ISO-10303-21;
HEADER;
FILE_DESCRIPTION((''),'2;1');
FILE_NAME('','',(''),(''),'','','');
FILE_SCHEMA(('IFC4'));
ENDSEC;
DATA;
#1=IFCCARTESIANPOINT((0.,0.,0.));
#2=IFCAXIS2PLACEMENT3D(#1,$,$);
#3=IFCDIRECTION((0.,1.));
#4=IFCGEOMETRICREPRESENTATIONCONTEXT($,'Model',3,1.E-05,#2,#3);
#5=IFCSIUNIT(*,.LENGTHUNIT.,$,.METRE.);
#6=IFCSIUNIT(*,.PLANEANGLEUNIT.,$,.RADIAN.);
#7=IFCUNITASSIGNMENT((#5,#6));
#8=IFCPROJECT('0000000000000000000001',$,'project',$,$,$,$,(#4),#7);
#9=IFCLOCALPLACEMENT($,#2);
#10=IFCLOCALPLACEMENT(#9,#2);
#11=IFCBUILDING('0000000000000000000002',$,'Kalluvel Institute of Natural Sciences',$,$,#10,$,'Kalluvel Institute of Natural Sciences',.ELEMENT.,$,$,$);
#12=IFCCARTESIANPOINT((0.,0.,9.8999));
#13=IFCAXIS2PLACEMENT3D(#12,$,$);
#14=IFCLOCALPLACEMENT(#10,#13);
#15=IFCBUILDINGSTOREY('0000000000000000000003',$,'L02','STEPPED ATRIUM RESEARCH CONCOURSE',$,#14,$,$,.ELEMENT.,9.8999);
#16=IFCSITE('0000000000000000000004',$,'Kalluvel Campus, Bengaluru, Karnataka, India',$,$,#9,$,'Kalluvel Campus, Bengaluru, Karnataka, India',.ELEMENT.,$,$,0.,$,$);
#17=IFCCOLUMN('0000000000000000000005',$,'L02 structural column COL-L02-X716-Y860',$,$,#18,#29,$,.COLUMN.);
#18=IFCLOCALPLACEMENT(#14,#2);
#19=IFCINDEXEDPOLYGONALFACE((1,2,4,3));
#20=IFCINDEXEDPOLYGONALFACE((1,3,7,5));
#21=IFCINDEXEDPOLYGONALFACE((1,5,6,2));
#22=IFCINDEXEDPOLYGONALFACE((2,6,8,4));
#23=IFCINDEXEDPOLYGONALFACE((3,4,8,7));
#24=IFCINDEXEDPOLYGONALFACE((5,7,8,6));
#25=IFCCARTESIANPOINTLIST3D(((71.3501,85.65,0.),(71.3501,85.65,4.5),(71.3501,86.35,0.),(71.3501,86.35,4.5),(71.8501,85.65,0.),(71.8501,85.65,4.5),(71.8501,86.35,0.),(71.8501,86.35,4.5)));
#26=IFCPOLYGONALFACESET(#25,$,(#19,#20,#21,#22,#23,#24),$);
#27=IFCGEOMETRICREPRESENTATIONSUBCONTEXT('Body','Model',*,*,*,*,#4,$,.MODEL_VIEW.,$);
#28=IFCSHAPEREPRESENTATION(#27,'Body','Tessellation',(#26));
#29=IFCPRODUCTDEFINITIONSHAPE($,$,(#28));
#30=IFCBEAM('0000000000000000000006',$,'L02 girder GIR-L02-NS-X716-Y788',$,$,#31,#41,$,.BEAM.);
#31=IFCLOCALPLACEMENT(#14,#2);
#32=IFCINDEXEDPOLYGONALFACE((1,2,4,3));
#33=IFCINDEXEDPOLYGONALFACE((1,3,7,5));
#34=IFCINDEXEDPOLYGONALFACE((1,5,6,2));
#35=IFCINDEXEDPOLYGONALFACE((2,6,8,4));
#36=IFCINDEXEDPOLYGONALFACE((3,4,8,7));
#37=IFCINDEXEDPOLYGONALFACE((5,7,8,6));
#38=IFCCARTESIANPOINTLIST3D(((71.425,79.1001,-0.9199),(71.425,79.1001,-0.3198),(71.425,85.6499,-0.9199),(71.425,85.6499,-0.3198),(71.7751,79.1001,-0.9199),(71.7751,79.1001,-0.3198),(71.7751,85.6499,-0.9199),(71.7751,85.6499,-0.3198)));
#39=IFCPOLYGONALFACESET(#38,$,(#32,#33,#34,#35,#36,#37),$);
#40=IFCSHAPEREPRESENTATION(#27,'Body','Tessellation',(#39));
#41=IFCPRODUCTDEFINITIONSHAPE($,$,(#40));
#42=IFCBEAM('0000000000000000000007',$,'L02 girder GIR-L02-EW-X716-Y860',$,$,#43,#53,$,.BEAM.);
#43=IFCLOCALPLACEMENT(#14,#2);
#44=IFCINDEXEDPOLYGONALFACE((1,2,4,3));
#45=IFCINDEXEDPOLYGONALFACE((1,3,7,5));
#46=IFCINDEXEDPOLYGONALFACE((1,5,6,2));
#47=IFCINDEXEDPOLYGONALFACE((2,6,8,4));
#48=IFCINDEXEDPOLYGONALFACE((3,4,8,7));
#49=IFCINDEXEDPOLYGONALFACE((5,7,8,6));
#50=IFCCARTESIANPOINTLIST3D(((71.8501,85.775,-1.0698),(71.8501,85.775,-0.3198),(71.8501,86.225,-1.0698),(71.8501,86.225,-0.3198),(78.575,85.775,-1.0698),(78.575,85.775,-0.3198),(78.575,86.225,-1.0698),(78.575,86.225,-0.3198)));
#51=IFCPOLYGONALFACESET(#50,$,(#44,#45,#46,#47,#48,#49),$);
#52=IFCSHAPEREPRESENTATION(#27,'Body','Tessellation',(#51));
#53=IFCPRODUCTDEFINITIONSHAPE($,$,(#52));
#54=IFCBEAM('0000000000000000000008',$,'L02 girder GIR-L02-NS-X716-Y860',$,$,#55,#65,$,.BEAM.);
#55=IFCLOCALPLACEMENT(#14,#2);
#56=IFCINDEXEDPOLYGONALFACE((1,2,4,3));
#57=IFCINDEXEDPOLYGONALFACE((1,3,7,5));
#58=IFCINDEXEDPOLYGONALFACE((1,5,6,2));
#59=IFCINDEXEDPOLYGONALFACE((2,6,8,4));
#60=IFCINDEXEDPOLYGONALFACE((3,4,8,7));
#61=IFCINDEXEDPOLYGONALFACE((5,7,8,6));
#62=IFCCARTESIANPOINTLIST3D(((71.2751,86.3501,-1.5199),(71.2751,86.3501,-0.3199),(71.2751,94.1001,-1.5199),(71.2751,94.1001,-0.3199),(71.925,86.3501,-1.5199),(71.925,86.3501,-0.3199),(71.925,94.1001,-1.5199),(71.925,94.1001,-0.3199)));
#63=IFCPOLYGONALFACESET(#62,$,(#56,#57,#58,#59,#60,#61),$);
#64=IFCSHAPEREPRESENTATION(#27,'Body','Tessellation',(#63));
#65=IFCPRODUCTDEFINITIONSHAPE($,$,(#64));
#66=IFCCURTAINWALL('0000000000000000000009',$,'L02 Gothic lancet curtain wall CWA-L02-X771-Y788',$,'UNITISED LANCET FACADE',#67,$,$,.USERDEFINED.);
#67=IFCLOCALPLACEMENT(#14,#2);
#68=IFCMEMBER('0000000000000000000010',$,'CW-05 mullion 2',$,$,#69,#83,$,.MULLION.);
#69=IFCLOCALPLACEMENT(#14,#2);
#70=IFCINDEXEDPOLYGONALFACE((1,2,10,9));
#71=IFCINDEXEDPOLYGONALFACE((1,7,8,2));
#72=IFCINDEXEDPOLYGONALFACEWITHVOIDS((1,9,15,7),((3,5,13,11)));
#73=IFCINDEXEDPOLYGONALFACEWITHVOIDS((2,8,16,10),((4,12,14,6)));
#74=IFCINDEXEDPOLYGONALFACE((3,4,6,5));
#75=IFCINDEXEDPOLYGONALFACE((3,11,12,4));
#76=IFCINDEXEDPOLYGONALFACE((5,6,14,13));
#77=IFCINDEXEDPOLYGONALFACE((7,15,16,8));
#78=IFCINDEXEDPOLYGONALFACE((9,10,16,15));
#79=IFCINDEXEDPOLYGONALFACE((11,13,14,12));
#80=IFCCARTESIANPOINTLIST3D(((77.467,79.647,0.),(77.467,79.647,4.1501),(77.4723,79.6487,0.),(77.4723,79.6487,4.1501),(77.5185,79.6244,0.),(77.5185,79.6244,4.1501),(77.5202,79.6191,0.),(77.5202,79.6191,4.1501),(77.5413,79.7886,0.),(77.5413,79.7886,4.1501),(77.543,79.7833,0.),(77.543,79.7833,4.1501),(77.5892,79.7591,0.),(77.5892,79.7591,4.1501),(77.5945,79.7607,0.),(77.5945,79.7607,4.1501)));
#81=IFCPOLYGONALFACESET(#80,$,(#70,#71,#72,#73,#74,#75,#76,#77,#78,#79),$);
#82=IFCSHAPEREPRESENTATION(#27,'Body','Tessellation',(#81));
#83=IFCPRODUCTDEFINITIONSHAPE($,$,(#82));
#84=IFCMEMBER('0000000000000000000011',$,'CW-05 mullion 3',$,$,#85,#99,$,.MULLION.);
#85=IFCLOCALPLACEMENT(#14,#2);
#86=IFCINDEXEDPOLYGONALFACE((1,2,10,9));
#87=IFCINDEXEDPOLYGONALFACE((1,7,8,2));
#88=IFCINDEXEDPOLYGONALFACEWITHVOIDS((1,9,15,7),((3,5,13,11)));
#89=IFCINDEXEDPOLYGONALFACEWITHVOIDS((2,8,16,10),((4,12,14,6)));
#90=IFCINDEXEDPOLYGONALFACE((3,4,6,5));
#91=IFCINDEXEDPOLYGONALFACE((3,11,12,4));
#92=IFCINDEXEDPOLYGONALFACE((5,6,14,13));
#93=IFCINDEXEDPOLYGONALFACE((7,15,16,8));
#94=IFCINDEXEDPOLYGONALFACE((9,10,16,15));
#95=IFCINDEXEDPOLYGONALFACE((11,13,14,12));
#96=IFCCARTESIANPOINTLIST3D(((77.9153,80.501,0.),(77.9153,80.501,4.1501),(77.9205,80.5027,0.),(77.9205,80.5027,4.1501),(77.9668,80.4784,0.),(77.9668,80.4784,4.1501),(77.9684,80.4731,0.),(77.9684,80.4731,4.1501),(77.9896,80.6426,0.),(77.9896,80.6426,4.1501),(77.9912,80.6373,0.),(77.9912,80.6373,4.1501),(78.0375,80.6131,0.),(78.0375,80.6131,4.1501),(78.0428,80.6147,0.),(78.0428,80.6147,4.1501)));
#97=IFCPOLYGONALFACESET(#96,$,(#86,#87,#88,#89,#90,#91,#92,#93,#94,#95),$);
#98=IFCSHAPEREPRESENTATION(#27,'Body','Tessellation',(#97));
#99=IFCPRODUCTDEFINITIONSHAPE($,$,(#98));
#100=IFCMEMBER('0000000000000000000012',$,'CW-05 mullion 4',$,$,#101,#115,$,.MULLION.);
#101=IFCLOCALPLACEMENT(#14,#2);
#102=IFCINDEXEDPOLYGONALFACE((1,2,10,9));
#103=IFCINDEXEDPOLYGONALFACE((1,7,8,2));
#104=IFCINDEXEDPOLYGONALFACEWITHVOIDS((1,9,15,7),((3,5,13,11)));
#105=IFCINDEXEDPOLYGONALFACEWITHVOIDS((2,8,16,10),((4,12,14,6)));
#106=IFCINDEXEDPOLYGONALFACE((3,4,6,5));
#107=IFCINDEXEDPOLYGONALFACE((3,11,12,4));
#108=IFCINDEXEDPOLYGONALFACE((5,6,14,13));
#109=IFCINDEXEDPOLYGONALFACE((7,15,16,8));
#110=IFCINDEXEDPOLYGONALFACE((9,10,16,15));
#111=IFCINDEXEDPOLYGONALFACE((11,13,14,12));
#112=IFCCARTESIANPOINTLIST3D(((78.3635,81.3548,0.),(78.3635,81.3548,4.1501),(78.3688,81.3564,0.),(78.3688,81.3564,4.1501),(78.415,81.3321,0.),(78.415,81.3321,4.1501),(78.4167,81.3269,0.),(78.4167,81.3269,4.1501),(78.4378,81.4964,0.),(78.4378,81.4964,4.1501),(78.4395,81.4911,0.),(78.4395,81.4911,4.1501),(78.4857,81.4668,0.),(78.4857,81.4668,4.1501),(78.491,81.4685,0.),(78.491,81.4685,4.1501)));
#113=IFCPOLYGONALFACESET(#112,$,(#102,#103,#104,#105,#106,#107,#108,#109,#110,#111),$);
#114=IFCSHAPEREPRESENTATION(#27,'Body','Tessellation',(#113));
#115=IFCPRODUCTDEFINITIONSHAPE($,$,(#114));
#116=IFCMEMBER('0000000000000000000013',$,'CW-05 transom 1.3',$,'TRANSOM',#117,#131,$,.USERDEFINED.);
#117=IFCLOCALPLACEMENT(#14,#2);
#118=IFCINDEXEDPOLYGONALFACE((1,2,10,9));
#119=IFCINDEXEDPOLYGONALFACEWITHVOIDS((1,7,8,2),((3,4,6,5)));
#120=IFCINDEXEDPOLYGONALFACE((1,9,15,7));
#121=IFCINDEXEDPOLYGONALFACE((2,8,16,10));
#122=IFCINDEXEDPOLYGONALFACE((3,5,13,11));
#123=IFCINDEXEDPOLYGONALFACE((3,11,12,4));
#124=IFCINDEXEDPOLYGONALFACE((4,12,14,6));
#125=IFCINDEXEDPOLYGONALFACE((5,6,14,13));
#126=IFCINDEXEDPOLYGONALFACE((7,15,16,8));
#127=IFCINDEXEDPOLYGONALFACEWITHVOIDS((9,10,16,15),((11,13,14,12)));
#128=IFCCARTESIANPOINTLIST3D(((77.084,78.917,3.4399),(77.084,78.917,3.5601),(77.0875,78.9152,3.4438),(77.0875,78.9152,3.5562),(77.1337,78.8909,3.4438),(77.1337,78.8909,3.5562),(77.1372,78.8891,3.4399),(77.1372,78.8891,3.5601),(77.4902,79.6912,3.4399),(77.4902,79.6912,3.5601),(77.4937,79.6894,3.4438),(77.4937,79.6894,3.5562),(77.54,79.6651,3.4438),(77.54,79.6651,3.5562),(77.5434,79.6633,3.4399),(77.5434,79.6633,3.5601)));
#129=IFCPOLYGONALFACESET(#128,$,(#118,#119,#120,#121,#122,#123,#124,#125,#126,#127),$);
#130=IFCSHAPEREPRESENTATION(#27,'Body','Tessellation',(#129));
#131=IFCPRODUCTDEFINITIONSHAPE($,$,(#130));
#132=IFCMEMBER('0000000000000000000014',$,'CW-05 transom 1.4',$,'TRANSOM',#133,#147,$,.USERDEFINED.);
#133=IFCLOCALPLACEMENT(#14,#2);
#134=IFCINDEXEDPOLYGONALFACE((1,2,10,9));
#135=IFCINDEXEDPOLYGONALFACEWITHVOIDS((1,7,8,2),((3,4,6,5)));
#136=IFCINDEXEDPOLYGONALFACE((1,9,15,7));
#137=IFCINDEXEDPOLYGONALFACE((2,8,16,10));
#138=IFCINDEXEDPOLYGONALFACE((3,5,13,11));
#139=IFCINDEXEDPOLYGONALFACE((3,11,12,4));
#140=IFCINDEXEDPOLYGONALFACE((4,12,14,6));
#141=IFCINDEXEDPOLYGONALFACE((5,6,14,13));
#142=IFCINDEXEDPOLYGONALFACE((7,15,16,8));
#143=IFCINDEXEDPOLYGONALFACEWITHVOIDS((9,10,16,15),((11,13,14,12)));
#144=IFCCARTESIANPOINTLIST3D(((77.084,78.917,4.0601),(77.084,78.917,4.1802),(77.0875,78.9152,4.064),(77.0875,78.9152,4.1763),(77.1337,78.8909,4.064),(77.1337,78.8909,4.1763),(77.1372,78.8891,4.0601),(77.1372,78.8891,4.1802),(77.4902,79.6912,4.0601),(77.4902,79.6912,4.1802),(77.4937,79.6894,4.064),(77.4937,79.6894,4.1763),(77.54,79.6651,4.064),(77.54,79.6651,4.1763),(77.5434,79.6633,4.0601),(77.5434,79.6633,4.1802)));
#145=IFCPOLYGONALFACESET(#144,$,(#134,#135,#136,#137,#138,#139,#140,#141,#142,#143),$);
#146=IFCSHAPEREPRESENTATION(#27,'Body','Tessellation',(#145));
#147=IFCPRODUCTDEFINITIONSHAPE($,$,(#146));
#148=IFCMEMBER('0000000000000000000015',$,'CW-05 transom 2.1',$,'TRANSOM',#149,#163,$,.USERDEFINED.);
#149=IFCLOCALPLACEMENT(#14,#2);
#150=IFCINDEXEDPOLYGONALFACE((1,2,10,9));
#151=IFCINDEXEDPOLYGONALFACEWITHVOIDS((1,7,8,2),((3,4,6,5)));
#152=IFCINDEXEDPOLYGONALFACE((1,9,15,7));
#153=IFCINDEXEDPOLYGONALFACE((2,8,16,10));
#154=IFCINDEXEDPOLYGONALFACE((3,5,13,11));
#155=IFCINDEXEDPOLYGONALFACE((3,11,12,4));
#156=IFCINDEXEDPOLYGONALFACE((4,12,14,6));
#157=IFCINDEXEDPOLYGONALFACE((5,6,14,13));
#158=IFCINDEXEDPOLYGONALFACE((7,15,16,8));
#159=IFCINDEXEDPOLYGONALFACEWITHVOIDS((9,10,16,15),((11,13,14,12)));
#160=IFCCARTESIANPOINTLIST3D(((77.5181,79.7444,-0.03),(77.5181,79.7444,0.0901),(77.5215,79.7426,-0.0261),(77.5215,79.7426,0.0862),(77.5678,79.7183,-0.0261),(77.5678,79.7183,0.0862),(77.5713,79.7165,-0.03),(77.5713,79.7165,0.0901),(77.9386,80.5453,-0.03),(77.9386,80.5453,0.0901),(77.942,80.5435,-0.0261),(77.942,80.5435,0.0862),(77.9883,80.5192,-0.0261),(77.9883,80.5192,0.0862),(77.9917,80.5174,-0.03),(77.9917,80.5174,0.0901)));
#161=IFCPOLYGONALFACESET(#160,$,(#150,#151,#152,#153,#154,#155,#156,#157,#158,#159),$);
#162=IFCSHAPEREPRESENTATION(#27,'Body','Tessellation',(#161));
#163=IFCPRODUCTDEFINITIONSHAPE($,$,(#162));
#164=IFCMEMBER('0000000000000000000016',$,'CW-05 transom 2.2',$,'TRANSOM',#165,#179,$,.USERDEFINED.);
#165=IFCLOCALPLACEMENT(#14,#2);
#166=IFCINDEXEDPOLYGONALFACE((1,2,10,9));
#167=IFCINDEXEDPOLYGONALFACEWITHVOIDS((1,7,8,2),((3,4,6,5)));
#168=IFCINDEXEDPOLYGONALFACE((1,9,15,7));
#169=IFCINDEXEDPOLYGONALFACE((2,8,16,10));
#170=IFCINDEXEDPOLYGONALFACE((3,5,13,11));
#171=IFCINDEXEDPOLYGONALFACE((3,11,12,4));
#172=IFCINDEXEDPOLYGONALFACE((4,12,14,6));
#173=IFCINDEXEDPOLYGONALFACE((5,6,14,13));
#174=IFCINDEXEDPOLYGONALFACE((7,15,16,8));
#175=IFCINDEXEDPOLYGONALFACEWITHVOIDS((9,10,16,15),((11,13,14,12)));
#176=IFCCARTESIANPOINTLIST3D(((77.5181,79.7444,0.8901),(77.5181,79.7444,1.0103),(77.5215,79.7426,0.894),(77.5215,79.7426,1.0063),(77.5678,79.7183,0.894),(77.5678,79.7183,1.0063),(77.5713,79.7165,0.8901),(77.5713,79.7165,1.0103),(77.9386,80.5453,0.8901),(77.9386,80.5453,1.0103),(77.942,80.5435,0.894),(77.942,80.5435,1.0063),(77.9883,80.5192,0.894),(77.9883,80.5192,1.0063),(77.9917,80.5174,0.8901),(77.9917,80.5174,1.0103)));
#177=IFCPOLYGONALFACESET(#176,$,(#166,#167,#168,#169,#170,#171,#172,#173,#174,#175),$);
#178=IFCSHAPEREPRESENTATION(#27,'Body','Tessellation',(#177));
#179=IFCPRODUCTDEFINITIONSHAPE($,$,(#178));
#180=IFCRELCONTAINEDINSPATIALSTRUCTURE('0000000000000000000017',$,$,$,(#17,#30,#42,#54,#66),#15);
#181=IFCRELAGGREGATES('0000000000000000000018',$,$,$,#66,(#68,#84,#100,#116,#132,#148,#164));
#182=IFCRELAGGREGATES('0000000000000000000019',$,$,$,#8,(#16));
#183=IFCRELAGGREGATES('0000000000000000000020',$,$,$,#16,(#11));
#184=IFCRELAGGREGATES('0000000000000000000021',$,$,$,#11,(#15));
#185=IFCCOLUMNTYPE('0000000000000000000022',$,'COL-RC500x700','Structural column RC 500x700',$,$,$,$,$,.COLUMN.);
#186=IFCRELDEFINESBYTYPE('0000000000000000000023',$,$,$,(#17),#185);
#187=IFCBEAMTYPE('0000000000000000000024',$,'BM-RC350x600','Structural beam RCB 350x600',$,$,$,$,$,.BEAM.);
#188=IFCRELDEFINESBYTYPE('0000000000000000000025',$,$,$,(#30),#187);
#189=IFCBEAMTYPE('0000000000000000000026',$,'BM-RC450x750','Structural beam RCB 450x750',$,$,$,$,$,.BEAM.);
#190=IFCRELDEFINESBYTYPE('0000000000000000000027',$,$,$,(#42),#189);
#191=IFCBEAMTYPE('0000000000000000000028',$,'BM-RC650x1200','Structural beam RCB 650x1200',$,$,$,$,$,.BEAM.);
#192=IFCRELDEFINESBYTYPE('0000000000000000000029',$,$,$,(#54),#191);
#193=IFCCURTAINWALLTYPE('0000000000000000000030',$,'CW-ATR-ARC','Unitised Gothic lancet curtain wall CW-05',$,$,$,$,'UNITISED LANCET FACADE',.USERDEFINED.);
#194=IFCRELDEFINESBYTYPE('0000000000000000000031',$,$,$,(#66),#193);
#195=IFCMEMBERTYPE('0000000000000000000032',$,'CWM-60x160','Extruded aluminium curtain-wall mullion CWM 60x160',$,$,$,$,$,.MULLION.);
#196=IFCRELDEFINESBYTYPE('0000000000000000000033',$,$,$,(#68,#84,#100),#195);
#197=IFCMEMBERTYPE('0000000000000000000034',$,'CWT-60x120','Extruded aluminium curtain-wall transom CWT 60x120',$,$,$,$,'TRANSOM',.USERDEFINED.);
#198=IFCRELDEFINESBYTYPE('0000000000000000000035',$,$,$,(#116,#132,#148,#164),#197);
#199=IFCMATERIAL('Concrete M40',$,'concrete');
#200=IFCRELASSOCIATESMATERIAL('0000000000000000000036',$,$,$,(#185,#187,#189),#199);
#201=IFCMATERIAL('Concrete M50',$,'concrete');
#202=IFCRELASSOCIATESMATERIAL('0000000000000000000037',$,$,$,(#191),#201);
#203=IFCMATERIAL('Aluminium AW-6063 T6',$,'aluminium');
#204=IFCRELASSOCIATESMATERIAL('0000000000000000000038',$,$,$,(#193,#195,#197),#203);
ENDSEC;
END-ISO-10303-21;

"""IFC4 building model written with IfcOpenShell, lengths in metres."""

from ifc_helpers import new_model, si_unit, direction, frame, origin, origin_2d, place, context, subcontext, project, spatial, rectangle, hollow_rectangle, extrude, material, material_profile, profile_set, type_object, element, aggregate, save


model = new_model("IFC4")

# Units and contexts
model_context = context("Model", 3, precision=1e-05, world=origin(), true_north=direction((0.0, 1.0)))
body_context = subcontext(model_context, "Body", "Model", "MODEL_VIEW")
ifc_project = project(units=[si_unit("LENGTHUNIT", "METRE"), si_unit("PLANEANGLEUNIT", "RADIAN")], contexts=[model_context])

# Site, building, storey
site_placement = place(None, origin())
site = spatial("IfcSite", under=ifc_project, at=site_placement, Name="Kalluvel Campus, Bengaluru, Karnataka, India", LongName="Kalluvel Campus, Bengaluru, Karnataka, India", CompositionType="ELEMENT", RefElevation=0.0)
building_placement = place(site_placement, origin())
building = spatial("IfcBuilding", under=site, at=building_placement, Name="Kalluvel Institute of Natural Sciences", LongName="Kalluvel Institute of Natural Sciences", CompositionType="ELEMENT")
storey_placement = place(building_placement, frame((0.0, 0.0, 9.8999)))
storey = spatial("IfcBuildingStorey", under=building, at=storey_placement, Name="L02", Description="STEPPED ATRIUM RESEARCH CONCOURSE", CompositionType="ELEMENT", Elevation=9.8999)

# Column
ifc_material_1 = material(Name="Concrete M40", Category="concrete")
ifc_material_profile_1 = material_profile(ifc_material_1, rectangle(XDim=0.5, YDim=0.7, at=origin_2d()), Name="RC 500x700")
ifc_profile_set_1 = profile_set([ifc_material_profile_1], Name="Concrete M40")
column_type = type_object("IfcColumnType", Name="COL-RC500x700", Description="Structural column RC 500x700", PredefinedType="COLUMN", material=ifc_profile_set_1)
column_placement = place(storey_placement, frame((71.6001, 86.0, 0.0), z_axis=(0.0, 0.0, 1.0), x_axis=(1.0, 0.0, 0.0)))
element("IfcColumn", 1, at=column_placement, inside=storey, type_object=column_type, Name="L02 structural column COL-L02-X716-Y860", PredefinedType="COLUMN", context=body_context, shape_type="SweptSolid", body=[
    extrude(rectangle(XDim=0.5, YDim=0.7, at=origin_2d()), origin(), (0.0, 0.0, 1.0), 4.5),
])

# Beams
ifc_material_profile_2 = material_profile(ifc_material_1, rectangle(XDim=0.3501, YDim=0.6001, at=origin_2d()), Name="RCB 350x600")
ifc_profile_set_2 = profile_set([ifc_material_profile_2], Name="Concrete M40")
beam_type_1 = type_object("IfcBeamType", Name="BM-RC350x600", Description="Structural beam RCB 350x600", PredefinedType="BEAM", material=ifc_profile_set_2)
beam_1_placement = place(storey_placement, frame((71.6001, 79.1001, -0.6199), z_axis=(0.0, 1.0, 0.0), x_axis=(-1.0, 0.0, 0.0)))
element("IfcBeam", 2, at=beam_1_placement, inside=storey, type_object=beam_type_1, Name="L02 girder GIR-L02-NS-X716-Y788", PredefinedType="BEAM", context=body_context, shape_type="SweptSolid", body=[
    extrude(rectangle(XDim=0.3501, YDim=0.6001, at=origin_2d()), origin(), (0.0, 0.0, 1.0), 6.5498),
])
ifc_material_profile_3 = material_profile(ifc_material_1, rectangle(XDim=0.45, YDim=0.75, at=origin_2d()), Name="RCB 450x750")
ifc_profile_set_3 = profile_set([ifc_material_profile_3], Name="Concrete M40")
beam_type_2 = type_object("IfcBeamType", Name="BM-RC450x750", Description="Structural beam RCB 450x750", PredefinedType="BEAM", material=ifc_profile_set_3)
beam_2_placement = place(storey_placement, frame((71.8501, 86.0, -0.6948), z_axis=(1.0, 0.0, 0.0), x_axis=(0.0, 1.0, 0.0)))
element("IfcBeam", 3, at=beam_2_placement, inside=storey, type_object=beam_type_2, Name="L02 girder GIR-L02-EW-X716-Y860", PredefinedType="BEAM", context=body_context, shape_type="SweptSolid", body=[
    extrude(rectangle(XDim=0.45, YDim=0.75, at=origin_2d()), origin(), (0.0, 0.0, 1.0), 6.7249),
])
ifc_material_2 = material(Name="Concrete M50", Category="concrete")
ifc_material_profile_4 = material_profile(ifc_material_2, rectangle(XDim=0.6499, YDim=1.2, at=origin_2d()), Name="RCB 650x1200")
ifc_profile_set_4 = profile_set([ifc_material_profile_4], Name="Concrete M50")
beam_type_3 = type_object("IfcBeamType", Name="BM-RC650x1200", Description="Structural beam RCB 650x1200", PredefinedType="BEAM", material=ifc_profile_set_4)
beam_3_placement = place(storey_placement, frame((71.6001, 86.3501, -0.9199), z_axis=(0.0, 1.0, 0.0), x_axis=(-1.0, 0.0, 0.0)))
element("IfcBeam", 4, at=beam_3_placement, inside=storey, type_object=beam_type_3, Name="L02 girder GIR-L02-NS-X716-Y860", PredefinedType="BEAM", context=body_context, shape_type="SweptSolid", body=[
    extrude(rectangle(XDim=0.6499, YDim=1.2, at=origin_2d()), origin(), (0.0, 0.0, 1.0), 7.75),
])

# Curtain wall, members
ifc_material_3 = material(Name="Aluminium AW-6063 T6", Category="aluminium")
curtain_wall_type = type_object("IfcCurtainWallType", Name="CW-ATR-ARC", Description="Unitised Gothic lancet curtain wall CW-05", ElementType="UNITISED LANCET FACADE", PredefinedType="USERDEFINED", material=ifc_material_3)
curtain_wall_placement = place(storey_placement, origin())
curtain_wall = element("IfcCurtainWall", 5, at=curtain_wall_placement, inside=storey, type_object=curtain_wall_type, Name="L02 Gothic lancet curtain wall CWA-L02-X771-Y788", ObjectType="UNITISED LANCET FACADE", PredefinedType="USERDEFINED")
ifc_material_profile_5 = material_profile(ifc_material_3, hollow_rectangle(XDim=0.0601, YDim=0.1599, WallThickness=0.0039, at=origin_2d()), Name="CWM 60x160")
ifc_profile_set_5 = profile_set([ifc_material_profile_5], Name="Aluminium AW-6063 T6")
member_type_1 = type_object("IfcMemberType", Name="CWM-60x160", Description="Extruded aluminium curtain-wall mullion CWM 60x160", PredefinedType="MULLION", material=ifc_profile_set_5)
member_1_placement = place(storey_placement, frame((77.5308, 79.7039, 0.0), z_axis=(0.0, 0.0, 1.0), x_axis=(-0.88545, 0.464734, 0.0)))
member_1 = element("IfcMember", 6, at=member_1_placement, type_object=member_type_1, Name="CW-05 mullion 2", PredefinedType="MULLION", context=body_context, shape_type="SweptSolid", body=[
    extrude(hollow_rectangle(XDim=0.0601, YDim=0.1599, WallThickness=0.0039, at=origin_2d()), origin(), (0.0, 0.0, 1.0), 4.1501),
])
member_2_placement = place(storey_placement, frame((77.979, 80.5579, 0.0), z_axis=(0.0, 0.0, 1.0), x_axis=(-0.88545, 0.464734, 0.0)))
member_2 = element("IfcMember", 7, at=member_2_placement, type_object=member_type_1, Name="CW-05 mullion 3", PredefinedType="MULLION", context=body_context, shape_type="SweptSolid", body=[
    extrude(hollow_rectangle(XDim=0.0601, YDim=0.1599, WallThickness=0.0039, at=origin_2d()), origin(), (0.0, 0.0, 1.0), 4.1501),
])
member_3_placement = place(storey_placement, frame((78.4272, 81.4116, 0.0), z_axis=(0.0, 0.0, 1.0), x_axis=(-0.88545, 0.464734, 0.0)))
member_3 = element("IfcMember", 8, at=member_3_placement, type_object=member_type_1, Name="CW-05 mullion 4", PredefinedType="MULLION", context=body_context, shape_type="SweptSolid", body=[
    extrude(hollow_rectangle(XDim=0.0601, YDim=0.1599, WallThickness=0.0039, at=origin_2d()), origin(), (0.0, 0.0, 1.0), 4.1501),
])
ifc_material_profile_6 = material_profile(ifc_material_3, hollow_rectangle(XDim=0.0601, YDim=0.1201, WallThickness=0.0039, at=origin_2d()), Name="CWT 60x120")
ifc_profile_set_6 = profile_set([ifc_material_profile_6], Name="Aluminium AW-6063 T6")
member_type_2 = type_object("IfcMemberType", Name="CWT-60x120", Description="Extruded aluminium curtain-wall transom CWT 60x120", ElementType="TRANSOM", PredefinedType="USERDEFINED", material=ifc_profile_set_6)
member_4_placement = place(storey_placement, frame((77.1106, 78.9031, 3.5), z_axis=(0.464664, 0.885487, 0.0), x_axis=(-0.885487, 0.464664, 0.0)))
member_4 = element("IfcMember", 9, at=member_4_placement, type_object=member_type_2, Name="CW-05 transom 1.3", ObjectType="TRANSOM", PredefinedType="USERDEFINED", context=body_context, shape_type="SweptSolid", body=[
    extrude(hollow_rectangle(XDim=0.0601, YDim=0.1201, WallThickness=0.0039, at=origin_2d()), origin(), (0.0, 0.0, 1.0), 0.8743),
])
member_5_placement = place(storey_placement, frame((77.1106, 78.9031, 4.1201), z_axis=(0.464664, 0.885487, 0.0), x_axis=(-0.885487, 0.464664, 0.0)))
member_5 = element("IfcMember", 10, at=member_5_placement, type_object=member_type_2, Name="CW-05 transom 1.4", ObjectType="TRANSOM", PredefinedType="USERDEFINED", context=body_context, shape_type="SweptSolid", body=[
    extrude(hollow_rectangle(XDim=0.0601, YDim=0.1201, WallThickness=0.0039, at=origin_2d()), origin(), (0.0, 0.0, 1.0), 0.8743),
])
member_6_placement = place(storey_placement, frame((77.5447, 79.7305, 0.03), z_axis=(0.464834, 0.885398, 0.0), x_axis=(-0.885398, 0.464834, 0.0)))
member_6 = element("IfcMember", 11, at=member_6_placement, type_object=member_type_2, Name="CW-05 transom 2.1", ObjectType="TRANSOM", PredefinedType="USERDEFINED", context=body_context, shape_type="SweptSolid", body=[
    extrude(hollow_rectangle(XDim=0.0601, YDim=0.1201, WallThickness=0.0039, at=origin_2d()), origin(), (0.0, 0.0, 1.0), 0.9045),
])
member_7_placement = place(storey_placement, frame((77.5447, 79.7305, 0.9502), z_axis=(0.464834, 0.885398, 0.0), x_axis=(-0.885398, 0.464834, 0.0)))
member_7 = element("IfcMember", 12, at=member_7_placement, type_object=member_type_2, Name="CW-05 transom 2.2", ObjectType="TRANSOM", PredefinedType="USERDEFINED", context=body_context, shape_type="SweptSolid", body=[
    extrude(hollow_rectangle(XDim=0.0601, YDim=0.1201, WallThickness=0.0039, at=origin_2d()), origin(), (0.0, 0.0, 1.0), 0.9045),
])
aggregate(curtain_wall, [member_1, member_2, member_3, member_4, member_5, member_6, member_7])

save(model, "model.ifc")
